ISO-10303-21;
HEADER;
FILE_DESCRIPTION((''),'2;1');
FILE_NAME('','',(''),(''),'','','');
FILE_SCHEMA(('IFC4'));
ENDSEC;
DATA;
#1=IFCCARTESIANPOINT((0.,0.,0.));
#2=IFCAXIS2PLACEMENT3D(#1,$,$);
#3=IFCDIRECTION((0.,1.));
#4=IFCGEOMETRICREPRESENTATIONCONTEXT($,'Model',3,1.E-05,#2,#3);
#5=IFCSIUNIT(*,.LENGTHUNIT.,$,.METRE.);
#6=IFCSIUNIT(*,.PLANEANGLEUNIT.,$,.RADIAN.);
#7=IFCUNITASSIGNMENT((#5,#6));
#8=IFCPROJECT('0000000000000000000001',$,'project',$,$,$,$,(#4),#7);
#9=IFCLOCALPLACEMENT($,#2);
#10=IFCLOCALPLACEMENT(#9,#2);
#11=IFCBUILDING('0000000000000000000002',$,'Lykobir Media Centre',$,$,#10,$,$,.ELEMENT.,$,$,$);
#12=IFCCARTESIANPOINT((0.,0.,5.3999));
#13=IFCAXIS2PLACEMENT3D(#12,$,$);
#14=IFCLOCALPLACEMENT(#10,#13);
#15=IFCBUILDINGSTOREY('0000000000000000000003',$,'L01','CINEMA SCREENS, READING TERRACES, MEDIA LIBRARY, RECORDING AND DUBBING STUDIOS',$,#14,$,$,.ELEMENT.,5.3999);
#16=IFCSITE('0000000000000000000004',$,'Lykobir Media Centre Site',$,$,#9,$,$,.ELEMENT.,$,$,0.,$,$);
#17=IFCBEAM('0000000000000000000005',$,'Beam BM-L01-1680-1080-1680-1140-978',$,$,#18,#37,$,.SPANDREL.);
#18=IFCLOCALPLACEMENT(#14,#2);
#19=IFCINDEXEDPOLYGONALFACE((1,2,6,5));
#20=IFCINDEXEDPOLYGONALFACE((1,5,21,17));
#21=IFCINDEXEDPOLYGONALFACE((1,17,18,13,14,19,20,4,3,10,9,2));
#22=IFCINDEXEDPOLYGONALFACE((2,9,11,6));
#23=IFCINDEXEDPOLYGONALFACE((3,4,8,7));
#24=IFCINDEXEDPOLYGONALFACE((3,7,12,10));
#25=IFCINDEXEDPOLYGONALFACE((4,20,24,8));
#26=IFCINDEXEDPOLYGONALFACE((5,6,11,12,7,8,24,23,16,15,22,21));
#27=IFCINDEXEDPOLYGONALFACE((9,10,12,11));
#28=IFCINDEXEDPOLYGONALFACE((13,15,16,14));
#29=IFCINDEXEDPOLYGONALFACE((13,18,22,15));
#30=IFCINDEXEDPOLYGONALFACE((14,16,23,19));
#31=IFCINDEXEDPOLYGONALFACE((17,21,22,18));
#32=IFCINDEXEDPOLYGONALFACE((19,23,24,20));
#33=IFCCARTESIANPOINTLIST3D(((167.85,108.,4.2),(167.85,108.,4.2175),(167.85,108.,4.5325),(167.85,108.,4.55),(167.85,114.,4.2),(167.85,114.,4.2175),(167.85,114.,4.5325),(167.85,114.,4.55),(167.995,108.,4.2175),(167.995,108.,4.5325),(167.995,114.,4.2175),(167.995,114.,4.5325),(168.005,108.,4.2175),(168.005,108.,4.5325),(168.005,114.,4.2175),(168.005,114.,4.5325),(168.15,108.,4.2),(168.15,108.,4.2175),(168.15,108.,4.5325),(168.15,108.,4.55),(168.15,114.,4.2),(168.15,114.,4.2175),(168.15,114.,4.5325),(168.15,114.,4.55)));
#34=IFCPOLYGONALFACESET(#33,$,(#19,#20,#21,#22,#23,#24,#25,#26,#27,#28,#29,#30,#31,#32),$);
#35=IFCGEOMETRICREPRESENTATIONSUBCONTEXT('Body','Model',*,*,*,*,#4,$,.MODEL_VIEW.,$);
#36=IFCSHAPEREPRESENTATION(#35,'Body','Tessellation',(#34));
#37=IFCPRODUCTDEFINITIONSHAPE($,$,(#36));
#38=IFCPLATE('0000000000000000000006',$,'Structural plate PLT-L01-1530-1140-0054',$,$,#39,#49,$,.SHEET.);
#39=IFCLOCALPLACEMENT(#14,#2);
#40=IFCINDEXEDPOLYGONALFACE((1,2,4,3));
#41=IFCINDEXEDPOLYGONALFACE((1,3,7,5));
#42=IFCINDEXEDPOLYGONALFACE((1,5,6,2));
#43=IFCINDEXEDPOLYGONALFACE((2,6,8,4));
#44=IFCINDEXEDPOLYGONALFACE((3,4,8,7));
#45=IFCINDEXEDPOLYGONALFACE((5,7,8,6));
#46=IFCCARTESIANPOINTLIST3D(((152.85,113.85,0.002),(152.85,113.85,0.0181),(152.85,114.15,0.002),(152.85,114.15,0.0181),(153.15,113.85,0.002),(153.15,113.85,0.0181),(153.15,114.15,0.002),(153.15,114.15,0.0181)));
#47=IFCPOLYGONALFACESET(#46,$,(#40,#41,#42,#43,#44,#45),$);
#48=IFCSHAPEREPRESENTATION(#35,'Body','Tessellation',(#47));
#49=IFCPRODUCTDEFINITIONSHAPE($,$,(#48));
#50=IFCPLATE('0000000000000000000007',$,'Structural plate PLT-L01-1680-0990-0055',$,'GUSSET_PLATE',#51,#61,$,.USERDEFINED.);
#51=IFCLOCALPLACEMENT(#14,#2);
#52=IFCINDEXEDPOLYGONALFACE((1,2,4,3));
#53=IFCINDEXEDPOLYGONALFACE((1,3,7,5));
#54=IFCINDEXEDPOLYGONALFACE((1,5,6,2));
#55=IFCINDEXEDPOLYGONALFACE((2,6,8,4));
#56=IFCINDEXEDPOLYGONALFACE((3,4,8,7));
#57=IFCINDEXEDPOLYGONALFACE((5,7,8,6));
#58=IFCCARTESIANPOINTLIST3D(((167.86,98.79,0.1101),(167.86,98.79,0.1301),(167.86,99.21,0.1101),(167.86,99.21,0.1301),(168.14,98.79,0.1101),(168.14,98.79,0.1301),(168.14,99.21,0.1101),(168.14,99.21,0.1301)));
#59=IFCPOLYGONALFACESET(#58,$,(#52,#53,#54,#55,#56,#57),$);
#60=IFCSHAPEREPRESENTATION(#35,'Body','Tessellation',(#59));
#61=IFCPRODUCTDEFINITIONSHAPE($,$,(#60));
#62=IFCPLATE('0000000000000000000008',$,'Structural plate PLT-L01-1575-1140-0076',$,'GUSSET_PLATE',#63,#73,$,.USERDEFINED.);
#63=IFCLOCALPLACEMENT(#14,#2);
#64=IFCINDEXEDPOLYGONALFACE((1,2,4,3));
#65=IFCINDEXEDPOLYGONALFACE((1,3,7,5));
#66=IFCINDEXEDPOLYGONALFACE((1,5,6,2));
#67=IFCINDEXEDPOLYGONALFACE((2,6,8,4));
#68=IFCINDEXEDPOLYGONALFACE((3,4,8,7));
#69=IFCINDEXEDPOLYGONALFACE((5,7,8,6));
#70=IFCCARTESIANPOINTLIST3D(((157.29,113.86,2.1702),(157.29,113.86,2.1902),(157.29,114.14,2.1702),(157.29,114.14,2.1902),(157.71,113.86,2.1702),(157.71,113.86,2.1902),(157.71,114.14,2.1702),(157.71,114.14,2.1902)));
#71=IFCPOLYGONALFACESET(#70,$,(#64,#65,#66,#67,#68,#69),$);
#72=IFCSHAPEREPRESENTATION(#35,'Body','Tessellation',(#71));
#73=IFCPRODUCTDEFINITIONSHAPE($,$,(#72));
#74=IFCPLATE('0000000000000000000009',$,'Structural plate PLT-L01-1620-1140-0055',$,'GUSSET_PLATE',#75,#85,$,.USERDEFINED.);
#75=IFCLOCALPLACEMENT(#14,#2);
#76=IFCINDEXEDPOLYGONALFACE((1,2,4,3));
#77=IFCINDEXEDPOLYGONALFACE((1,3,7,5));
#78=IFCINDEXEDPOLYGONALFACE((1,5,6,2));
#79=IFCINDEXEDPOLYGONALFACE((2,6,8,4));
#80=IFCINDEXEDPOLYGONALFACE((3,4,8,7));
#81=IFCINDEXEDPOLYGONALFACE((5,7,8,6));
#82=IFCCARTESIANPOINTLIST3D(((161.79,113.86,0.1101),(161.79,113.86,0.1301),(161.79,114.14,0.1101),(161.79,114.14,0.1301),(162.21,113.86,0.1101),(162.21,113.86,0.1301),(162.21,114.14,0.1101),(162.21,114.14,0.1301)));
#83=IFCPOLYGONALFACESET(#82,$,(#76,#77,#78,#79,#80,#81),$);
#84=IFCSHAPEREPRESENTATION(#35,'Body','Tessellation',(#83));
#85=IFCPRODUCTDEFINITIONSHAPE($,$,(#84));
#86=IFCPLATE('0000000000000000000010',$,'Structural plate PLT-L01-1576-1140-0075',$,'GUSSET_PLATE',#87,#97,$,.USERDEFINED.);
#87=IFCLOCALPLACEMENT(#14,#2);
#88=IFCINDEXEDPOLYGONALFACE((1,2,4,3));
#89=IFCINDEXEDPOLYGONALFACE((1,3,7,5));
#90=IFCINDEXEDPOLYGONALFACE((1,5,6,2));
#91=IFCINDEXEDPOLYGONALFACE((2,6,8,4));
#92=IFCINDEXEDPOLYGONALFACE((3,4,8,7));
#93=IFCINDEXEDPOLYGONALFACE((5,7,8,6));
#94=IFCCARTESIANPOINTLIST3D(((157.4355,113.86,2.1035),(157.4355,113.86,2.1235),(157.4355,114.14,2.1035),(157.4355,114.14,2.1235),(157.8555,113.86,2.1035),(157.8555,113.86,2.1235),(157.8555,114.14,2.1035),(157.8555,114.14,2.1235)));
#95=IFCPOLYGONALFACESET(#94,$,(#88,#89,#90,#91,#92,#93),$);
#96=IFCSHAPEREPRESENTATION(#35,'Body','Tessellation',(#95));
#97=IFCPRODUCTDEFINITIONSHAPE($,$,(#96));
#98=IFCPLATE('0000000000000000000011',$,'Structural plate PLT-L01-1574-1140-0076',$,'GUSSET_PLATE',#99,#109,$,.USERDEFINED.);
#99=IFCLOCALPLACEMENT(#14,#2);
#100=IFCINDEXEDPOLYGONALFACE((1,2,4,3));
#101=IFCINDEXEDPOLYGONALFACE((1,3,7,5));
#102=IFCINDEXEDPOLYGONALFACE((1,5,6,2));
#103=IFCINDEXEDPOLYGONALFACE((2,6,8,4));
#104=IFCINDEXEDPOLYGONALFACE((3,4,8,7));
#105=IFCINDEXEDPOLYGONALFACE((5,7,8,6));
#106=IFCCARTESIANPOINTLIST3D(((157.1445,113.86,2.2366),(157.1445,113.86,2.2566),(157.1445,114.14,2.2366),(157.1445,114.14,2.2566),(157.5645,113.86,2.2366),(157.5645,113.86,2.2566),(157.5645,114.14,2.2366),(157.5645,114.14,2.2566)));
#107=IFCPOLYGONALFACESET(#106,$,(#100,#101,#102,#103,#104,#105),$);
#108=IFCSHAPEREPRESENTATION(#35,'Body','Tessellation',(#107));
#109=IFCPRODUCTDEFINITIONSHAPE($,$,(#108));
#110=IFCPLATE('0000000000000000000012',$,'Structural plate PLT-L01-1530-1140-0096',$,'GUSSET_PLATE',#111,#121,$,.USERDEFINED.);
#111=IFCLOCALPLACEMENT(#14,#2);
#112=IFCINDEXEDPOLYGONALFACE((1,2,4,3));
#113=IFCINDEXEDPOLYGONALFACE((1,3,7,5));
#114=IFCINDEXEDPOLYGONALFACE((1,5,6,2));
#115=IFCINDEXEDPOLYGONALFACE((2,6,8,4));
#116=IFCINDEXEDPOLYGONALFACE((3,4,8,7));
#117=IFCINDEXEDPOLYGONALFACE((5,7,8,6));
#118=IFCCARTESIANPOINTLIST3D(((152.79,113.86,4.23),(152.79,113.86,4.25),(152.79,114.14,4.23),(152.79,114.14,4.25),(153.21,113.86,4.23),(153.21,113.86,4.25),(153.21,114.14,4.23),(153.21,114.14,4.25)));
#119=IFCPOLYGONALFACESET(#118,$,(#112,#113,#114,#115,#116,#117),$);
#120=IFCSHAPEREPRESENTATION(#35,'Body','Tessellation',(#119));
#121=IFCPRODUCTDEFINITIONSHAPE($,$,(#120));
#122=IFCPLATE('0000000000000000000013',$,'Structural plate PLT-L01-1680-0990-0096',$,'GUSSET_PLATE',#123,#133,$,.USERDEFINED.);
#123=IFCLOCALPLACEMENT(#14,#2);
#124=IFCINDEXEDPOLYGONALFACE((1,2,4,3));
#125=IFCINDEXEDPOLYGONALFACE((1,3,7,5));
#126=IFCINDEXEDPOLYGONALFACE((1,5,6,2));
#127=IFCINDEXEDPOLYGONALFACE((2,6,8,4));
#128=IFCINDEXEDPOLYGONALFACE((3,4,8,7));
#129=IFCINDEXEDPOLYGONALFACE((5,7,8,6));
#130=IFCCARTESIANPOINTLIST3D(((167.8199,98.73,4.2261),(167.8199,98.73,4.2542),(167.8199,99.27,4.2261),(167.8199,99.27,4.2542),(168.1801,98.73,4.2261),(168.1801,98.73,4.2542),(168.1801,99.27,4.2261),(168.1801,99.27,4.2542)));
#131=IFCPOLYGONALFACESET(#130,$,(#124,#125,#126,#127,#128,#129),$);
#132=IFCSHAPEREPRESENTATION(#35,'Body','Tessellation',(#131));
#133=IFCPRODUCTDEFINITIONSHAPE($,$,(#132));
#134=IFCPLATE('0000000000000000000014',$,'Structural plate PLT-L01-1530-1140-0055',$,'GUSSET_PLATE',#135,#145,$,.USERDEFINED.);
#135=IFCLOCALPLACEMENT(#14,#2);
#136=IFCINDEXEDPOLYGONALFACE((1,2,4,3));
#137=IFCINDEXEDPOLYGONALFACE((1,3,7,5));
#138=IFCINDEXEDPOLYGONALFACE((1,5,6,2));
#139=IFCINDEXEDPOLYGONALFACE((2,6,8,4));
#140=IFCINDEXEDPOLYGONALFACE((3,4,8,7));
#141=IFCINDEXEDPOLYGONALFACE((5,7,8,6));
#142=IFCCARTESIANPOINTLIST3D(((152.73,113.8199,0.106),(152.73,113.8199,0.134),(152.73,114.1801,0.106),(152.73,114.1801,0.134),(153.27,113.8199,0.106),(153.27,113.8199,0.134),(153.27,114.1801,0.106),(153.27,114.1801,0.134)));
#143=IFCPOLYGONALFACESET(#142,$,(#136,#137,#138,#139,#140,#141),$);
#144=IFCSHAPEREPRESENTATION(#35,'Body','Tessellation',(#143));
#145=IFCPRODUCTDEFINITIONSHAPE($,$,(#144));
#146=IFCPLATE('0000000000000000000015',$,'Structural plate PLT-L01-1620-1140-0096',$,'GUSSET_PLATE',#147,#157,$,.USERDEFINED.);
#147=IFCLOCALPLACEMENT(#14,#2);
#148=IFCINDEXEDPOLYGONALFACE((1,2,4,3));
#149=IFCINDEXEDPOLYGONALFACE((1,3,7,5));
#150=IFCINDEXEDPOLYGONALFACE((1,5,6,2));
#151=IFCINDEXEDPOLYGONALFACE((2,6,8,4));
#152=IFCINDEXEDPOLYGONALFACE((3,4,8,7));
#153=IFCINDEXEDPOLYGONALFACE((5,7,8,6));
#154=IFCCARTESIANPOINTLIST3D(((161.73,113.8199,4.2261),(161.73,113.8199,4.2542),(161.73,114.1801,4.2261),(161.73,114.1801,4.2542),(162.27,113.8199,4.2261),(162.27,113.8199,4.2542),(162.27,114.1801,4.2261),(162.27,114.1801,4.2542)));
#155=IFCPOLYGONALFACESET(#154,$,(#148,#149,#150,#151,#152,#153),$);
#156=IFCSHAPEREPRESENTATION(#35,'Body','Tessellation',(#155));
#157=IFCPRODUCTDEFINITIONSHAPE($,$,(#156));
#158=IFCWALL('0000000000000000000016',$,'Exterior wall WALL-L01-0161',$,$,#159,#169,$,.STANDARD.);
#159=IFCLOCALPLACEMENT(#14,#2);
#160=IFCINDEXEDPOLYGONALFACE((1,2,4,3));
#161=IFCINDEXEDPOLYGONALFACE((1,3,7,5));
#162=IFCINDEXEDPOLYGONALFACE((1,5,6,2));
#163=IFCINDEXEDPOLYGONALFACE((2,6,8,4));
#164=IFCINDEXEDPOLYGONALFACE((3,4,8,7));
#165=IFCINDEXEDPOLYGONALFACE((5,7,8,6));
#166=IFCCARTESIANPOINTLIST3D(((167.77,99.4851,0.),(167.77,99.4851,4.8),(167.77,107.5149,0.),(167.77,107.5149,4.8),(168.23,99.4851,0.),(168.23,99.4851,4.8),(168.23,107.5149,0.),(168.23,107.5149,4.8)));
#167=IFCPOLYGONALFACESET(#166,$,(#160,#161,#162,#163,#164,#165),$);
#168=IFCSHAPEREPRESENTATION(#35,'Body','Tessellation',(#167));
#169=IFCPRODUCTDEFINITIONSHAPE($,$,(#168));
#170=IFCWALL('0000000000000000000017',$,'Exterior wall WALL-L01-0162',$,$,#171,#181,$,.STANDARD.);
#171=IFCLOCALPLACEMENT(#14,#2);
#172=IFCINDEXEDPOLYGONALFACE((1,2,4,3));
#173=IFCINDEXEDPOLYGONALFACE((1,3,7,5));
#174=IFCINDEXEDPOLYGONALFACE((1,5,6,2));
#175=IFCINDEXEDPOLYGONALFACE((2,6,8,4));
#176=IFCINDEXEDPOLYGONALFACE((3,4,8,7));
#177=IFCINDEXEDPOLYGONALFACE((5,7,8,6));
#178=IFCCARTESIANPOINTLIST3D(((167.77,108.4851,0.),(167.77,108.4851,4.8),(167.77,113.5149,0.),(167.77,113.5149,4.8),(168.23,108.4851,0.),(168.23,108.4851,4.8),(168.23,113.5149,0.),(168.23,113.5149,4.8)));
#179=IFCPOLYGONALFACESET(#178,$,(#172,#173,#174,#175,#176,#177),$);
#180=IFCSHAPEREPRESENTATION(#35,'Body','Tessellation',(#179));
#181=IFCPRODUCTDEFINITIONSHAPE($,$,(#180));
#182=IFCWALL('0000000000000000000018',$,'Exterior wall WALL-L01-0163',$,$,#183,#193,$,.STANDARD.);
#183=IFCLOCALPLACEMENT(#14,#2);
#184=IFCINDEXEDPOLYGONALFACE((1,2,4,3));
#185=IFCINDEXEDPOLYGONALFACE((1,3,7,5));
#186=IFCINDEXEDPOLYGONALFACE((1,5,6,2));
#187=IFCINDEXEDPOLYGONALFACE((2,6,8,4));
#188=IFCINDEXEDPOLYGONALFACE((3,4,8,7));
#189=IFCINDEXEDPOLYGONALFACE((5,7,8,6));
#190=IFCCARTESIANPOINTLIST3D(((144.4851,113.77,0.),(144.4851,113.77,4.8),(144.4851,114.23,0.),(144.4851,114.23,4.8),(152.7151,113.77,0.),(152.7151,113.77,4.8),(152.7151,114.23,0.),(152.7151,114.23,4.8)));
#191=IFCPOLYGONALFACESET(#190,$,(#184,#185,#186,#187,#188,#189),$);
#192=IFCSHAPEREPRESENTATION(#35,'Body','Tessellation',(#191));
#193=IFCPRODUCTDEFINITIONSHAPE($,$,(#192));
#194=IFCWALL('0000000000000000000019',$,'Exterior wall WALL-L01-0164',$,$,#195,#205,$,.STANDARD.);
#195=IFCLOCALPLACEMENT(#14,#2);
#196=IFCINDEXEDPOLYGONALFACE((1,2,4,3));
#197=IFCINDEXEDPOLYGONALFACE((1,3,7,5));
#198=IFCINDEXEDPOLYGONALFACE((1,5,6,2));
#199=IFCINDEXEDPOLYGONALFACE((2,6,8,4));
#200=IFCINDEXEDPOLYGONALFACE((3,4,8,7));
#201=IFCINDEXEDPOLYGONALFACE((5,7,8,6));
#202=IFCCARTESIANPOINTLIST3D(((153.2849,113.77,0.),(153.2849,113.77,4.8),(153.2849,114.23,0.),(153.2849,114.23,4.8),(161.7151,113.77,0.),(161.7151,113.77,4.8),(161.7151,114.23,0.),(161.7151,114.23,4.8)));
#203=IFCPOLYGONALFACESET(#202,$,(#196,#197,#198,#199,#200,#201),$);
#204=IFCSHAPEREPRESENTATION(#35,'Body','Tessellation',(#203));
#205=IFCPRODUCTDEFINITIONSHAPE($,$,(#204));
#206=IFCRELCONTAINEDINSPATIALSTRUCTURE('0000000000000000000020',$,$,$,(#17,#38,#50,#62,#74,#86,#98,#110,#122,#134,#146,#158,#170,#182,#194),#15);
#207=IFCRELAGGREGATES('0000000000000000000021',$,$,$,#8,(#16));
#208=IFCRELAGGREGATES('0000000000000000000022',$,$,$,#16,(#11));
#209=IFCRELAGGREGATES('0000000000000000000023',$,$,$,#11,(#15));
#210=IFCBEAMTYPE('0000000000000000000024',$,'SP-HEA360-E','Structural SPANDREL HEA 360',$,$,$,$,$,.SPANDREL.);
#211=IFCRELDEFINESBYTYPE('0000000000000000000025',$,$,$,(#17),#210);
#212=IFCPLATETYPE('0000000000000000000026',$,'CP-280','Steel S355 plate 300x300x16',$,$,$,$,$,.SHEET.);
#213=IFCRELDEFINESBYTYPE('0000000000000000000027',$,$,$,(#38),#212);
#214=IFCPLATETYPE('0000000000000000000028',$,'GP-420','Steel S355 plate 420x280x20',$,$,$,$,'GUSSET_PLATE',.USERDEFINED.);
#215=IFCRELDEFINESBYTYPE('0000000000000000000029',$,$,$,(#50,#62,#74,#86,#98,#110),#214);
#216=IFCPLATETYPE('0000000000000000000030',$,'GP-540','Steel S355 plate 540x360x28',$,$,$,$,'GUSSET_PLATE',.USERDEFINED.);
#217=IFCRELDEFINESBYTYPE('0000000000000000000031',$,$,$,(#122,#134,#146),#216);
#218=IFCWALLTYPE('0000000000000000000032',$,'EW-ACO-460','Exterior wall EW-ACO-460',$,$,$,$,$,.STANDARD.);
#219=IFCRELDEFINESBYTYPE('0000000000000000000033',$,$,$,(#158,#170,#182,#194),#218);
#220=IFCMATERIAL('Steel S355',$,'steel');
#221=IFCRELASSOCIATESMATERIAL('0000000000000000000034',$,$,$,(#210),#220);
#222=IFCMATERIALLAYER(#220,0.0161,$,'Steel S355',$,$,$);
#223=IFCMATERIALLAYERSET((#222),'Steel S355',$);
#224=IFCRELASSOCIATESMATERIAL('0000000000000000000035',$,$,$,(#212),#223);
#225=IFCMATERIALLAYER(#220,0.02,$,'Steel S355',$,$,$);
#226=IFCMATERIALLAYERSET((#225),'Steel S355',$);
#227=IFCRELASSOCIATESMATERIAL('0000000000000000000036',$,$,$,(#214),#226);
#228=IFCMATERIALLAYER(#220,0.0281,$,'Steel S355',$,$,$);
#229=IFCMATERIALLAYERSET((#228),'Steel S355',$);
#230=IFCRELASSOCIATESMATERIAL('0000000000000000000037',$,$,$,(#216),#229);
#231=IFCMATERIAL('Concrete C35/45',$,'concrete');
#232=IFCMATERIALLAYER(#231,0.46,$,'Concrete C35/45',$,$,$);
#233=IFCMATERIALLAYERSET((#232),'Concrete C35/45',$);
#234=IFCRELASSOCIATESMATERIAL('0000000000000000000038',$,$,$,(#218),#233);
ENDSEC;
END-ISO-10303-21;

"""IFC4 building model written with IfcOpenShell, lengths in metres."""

from ifc_helpers import new_model, si_unit, direction, frame, frame_2d, origin, origin_2d, place, context, subcontext, project, spatial, rectangle, i_section, extrude, material, layer, layer_set, material_profile, profile_set, type_object, element, save


model = new_model("IFC4")

# Units and contexts
model_context = context("Model", 3, precision=1e-05, world=origin(), true_north=direction((0.0, 1.0)))
body_context = subcontext(model_context, "Body", "Model", "MODEL_VIEW")
ifc_project = project(units=[si_unit("LENGTHUNIT", "METRE"), si_unit("PLANEANGLEUNIT", "RADIAN")], contexts=[model_context])

# Site, building, storey
site_placement = place(None, origin())
site = spatial("IfcSite", under=ifc_project, at=site_placement, Name="Lykobir Media Centre Site", CompositionType="ELEMENT", RefElevation=0.0)
building_placement = place(site_placement, origin())
building = spatial("IfcBuilding", under=site, at=building_placement, Name="Lykobir Media Centre", CompositionType="ELEMENT")
storey_placement = place(building_placement, frame((0.0, 0.0, 5.3999)))
storey = spatial("IfcBuildingStorey", under=building, at=storey_placement, Name="L01", Description="CINEMA SCREENS, READING TERRACES, MEDIA LIBRARY, RECORDING AND DUBBING STUDIOS", CompositionType="ELEMENT", Elevation=5.3999)

# Shared definitions
ifc_material_1 = material(Name="Steel S355", Category="steel")

# Beam
ifc_material_profile_1 = material_profile(ifc_material_1, i_section(OverallWidth=0.3, OverallDepth=0.3501, WebThickness=0.01, FlangeThickness=0.0176, at=origin_2d()), Name="HEA 360")
ifc_profile_set_1 = profile_set([ifc_material_profile_1], Name="Steel S355")
beam_type = type_object("IfcBeamType", Name="SP-HEA360-E", Description="Structural SPANDREL HEA 360", PredefinedType="SPANDREL", material=ifc_profile_set_1)
beam_1_placement = place(storey_placement, frame((168.0, 108.0, 4.375), z_axis=(0.0, 1.0, 0.0), x_axis=(-1.0, 0.0, 0.0)))
element("IfcBeam", 1, at=beam_1_placement, inside=storey, type_object=beam_type, Name="Beam BM-L01-1680-1080-1680-1140-978", PredefinedType="SPANDREL", context=body_context, shape_type="SweptSolid", body=[
    extrude(i_section(OverallWidth=0.3, OverallDepth=0.3501, WebThickness=0.01, FlangeThickness=0.0176, at=origin_2d()), origin(), (0.0, 0.0, 1.0), 6.0),
])

# Plates
ifc_layer_1 = layer(ifc_material_1, 0.0161, Name="Steel S355")
ifc_layer_set_1 = layer_set([ifc_layer_1], Name="Steel S355")
plate_type_1 = type_object("IfcPlateType", Name="CP-280", Description="Steel S355 plate 300x300x16", PredefinedType="SHEET", material=ifc_layer_set_1)
plate_placement = place(storey_placement, frame((153.0, 114.0, 0.002), z_axis=(0.0, 0.0, 1.0), x_axis=(1.0, 0.0, 0.0)))
element("IfcPlate", 2, at=plate_placement, inside=storey, type_object=plate_type_1, Name="Structural plate PLT-L01-1530-1140-0054", PredefinedType="SHEET", context=body_context, shape_type="SweptSolid", body=[
    extrude(rectangle(XDim=0.3, YDim=0.3, at=origin_2d()), origin(), (0.0, 0.0, 1.0), 0.0161),
])
ifc_layer_2 = layer(ifc_material_1, 0.02, Name="Steel S355")
ifc_layer_set_2 = layer_set([ifc_layer_2], Name="Steel S355")
plate_type_2 = type_object("IfcPlateType", Name="GP-420", Description="Steel S355 plate 420x280x20", ElementType="GUSSET_PLATE", PredefinedType="USERDEFINED", material=ifc_layer_set_2)
for number, where, z_axis, x_axis, name in (
    (3, (168.0, 99.0, 0.1101), (0.0, 0.0, 1.0), (0.0, 1.0, 0.0), "Structural plate PLT-L01-1680-0990-0055"),
    (4, (157.5, 114.0, 2.1702), (0.0, 0.0, 1.0), (1.0, 0.0, 0.0), "Structural plate PLT-L01-1575-1140-0076"),
    (5, (162.0, 114.0, 0.1101), (0.0, 0.0, 1.0), (1.0, 0.0, 0.0), "Structural plate PLT-L01-1620-1140-0055"),
    (6, (157.6455, 114.0, 2.1035), (0.0, 0.0, 1.0), (1.0, 0.0, 0.0), "Structural plate PLT-L01-1576-1140-0075"),
    (7, (157.3545, 114.0, 2.2366), (0.0, 0.0, 1.0), (1.0, 0.0, 0.0), "Structural plate PLT-L01-1574-1140-0076"),
    (8, (153.0, 114.0, 4.23), (0.0, 0.0, 1.0), (1.0, 0.0, 0.0), "Structural plate PLT-L01-1530-1140-0096"),
):
    element("IfcPlate", number, at=place(storey_placement, frame(where, z_axis=z_axis, x_axis=x_axis)), inside=storey, type_object=plate_type_2, Name=name, ObjectType="GUSSET_PLATE", PredefinedType="USERDEFINED", context=body_context, shape_type="SweptSolid", body=[
        extrude(rectangle(XDim=0.4199, YDim=0.28, at=origin_2d()), origin(), (0.0, 0.0, 1.0), 0.02),
    ])
ifc_layer_3 = layer(ifc_material_1, 0.0281, Name="Steel S355")
ifc_layer_set_3 = layer_set([ifc_layer_3], Name="Steel S355")
plate_type_3 = type_object("IfcPlateType", Name="GP-540", Description="Steel S355 plate 540x360x28", ElementType="GUSSET_PLATE", PredefinedType="USERDEFINED", material=ifc_layer_set_3)
for number, where, z_axis, x_axis, name in (
    (9, (168.0, 99.0, 4.2261), (0.0, 0.0, 1.0), (0.0, 1.0, 0.0), "Structural plate PLT-L01-1680-0990-0096"),
    (10, (153.0, 114.0, 0.106), (0.0, 0.0, 1.0), (1.0, 0.0, 0.0), "Structural plate PLT-L01-1530-1140-0055"),
    (11, (162.0, 114.0, 4.2261), (0.0, 0.0, 1.0), (1.0, 0.0, 0.0), "Structural plate PLT-L01-1620-1140-0096"),
):
    element("IfcPlate", number, at=place(storey_placement, frame(where, z_axis=z_axis, x_axis=x_axis)), inside=storey, type_object=plate_type_3, Name=name, ObjectType="GUSSET_PLATE", PredefinedType="USERDEFINED", context=body_context, shape_type="SweptSolid", body=[
        extrude(rectangle(XDim=0.54, YDim=0.3601, at=origin_2d()), origin(), (0.0, 0.0, 1.0), 0.0281),
    ])

# Walls
ifc_material_2 = material(Name="Concrete C35/45", Category="concrete")
ifc_layer_4 = layer(ifc_material_2, 0.46, Name="Concrete C35/45")
ifc_layer_set_4 = layer_set([ifc_layer_4], Name="Concrete C35/45")
wall_type = type_object("IfcWallType", Name="EW-ACO-460", Description="Exterior wall EW-ACO-460", PredefinedType="STANDARD", material=ifc_layer_set_4)
wall_1_placement = place(storey_placement, frame((168.0, 99.4851, 0.0), z_axis=(0.0, 0.0, 1.0), x_axis=(0.0, 1.0, 0.0)))
element("IfcWall", 12, at=wall_1_placement, inside=storey, type_object=wall_type, Name="Exterior wall WALL-L01-0161", PredefinedType="STANDARD", context=body_context, shape_type="SweptSolid", body=[
    extrude(rectangle(XDim=8.0298, YDim=0.46, at=frame_2d((4.0149, 0.0))), origin(), (0.0, 0.0, 1.0), 4.8),
])
wall_2_placement = place(storey_placement, frame((168.0, 108.4851, 0.0), z_axis=(0.0, 0.0, 1.0), x_axis=(0.0, 1.0, 0.0)))
element("IfcWall", 13, at=wall_2_placement, inside=storey, type_object=wall_type, Name="Exterior wall WALL-L01-0162", PredefinedType="STANDARD", context=body_context, shape_type="SweptSolid", body=[
    extrude(rectangle(XDim=5.0298, YDim=0.46, at=frame_2d((2.5149, 0.0))), origin(), (0.0, 0.0, 1.0), 4.8),
])
wall_3_placement = place(storey_placement, frame((152.7151, 114.0, 0.0), z_axis=(0.0, 0.0, 1.0), x_axis=(-1.0, 0.0, 0.0)))
element("IfcWall", 14, at=wall_3_placement, inside=storey, type_object=wall_type, Name="Exterior wall WALL-L01-0163", PredefinedType="STANDARD", context=body_context, shape_type="SweptSolid", body=[
    extrude(rectangle(XDim=8.23, YDim=0.46, at=frame_2d((4.115, 0.0))), origin(), (0.0, 0.0, 1.0), 4.8),
])
wall_4_placement = place(storey_placement, frame((161.7151, 114.0, 0.0), z_axis=(0.0, 0.0, 1.0), x_axis=(-1.0, 0.0, 0.0)))
element("IfcWall", 15, at=wall_4_placement, inside=storey, type_object=wall_type, Name="Exterior wall WALL-L01-0164", PredefinedType="STANDARD", context=body_context, shape_type="SweptSolid", body=[
    extrude(rectangle(XDim=8.4302, YDim=0.46, at=frame_2d((4.2151, 0.0))), origin(), (0.0, 0.0, 1.0), 4.8),
])

save(model, "model.ifc")
